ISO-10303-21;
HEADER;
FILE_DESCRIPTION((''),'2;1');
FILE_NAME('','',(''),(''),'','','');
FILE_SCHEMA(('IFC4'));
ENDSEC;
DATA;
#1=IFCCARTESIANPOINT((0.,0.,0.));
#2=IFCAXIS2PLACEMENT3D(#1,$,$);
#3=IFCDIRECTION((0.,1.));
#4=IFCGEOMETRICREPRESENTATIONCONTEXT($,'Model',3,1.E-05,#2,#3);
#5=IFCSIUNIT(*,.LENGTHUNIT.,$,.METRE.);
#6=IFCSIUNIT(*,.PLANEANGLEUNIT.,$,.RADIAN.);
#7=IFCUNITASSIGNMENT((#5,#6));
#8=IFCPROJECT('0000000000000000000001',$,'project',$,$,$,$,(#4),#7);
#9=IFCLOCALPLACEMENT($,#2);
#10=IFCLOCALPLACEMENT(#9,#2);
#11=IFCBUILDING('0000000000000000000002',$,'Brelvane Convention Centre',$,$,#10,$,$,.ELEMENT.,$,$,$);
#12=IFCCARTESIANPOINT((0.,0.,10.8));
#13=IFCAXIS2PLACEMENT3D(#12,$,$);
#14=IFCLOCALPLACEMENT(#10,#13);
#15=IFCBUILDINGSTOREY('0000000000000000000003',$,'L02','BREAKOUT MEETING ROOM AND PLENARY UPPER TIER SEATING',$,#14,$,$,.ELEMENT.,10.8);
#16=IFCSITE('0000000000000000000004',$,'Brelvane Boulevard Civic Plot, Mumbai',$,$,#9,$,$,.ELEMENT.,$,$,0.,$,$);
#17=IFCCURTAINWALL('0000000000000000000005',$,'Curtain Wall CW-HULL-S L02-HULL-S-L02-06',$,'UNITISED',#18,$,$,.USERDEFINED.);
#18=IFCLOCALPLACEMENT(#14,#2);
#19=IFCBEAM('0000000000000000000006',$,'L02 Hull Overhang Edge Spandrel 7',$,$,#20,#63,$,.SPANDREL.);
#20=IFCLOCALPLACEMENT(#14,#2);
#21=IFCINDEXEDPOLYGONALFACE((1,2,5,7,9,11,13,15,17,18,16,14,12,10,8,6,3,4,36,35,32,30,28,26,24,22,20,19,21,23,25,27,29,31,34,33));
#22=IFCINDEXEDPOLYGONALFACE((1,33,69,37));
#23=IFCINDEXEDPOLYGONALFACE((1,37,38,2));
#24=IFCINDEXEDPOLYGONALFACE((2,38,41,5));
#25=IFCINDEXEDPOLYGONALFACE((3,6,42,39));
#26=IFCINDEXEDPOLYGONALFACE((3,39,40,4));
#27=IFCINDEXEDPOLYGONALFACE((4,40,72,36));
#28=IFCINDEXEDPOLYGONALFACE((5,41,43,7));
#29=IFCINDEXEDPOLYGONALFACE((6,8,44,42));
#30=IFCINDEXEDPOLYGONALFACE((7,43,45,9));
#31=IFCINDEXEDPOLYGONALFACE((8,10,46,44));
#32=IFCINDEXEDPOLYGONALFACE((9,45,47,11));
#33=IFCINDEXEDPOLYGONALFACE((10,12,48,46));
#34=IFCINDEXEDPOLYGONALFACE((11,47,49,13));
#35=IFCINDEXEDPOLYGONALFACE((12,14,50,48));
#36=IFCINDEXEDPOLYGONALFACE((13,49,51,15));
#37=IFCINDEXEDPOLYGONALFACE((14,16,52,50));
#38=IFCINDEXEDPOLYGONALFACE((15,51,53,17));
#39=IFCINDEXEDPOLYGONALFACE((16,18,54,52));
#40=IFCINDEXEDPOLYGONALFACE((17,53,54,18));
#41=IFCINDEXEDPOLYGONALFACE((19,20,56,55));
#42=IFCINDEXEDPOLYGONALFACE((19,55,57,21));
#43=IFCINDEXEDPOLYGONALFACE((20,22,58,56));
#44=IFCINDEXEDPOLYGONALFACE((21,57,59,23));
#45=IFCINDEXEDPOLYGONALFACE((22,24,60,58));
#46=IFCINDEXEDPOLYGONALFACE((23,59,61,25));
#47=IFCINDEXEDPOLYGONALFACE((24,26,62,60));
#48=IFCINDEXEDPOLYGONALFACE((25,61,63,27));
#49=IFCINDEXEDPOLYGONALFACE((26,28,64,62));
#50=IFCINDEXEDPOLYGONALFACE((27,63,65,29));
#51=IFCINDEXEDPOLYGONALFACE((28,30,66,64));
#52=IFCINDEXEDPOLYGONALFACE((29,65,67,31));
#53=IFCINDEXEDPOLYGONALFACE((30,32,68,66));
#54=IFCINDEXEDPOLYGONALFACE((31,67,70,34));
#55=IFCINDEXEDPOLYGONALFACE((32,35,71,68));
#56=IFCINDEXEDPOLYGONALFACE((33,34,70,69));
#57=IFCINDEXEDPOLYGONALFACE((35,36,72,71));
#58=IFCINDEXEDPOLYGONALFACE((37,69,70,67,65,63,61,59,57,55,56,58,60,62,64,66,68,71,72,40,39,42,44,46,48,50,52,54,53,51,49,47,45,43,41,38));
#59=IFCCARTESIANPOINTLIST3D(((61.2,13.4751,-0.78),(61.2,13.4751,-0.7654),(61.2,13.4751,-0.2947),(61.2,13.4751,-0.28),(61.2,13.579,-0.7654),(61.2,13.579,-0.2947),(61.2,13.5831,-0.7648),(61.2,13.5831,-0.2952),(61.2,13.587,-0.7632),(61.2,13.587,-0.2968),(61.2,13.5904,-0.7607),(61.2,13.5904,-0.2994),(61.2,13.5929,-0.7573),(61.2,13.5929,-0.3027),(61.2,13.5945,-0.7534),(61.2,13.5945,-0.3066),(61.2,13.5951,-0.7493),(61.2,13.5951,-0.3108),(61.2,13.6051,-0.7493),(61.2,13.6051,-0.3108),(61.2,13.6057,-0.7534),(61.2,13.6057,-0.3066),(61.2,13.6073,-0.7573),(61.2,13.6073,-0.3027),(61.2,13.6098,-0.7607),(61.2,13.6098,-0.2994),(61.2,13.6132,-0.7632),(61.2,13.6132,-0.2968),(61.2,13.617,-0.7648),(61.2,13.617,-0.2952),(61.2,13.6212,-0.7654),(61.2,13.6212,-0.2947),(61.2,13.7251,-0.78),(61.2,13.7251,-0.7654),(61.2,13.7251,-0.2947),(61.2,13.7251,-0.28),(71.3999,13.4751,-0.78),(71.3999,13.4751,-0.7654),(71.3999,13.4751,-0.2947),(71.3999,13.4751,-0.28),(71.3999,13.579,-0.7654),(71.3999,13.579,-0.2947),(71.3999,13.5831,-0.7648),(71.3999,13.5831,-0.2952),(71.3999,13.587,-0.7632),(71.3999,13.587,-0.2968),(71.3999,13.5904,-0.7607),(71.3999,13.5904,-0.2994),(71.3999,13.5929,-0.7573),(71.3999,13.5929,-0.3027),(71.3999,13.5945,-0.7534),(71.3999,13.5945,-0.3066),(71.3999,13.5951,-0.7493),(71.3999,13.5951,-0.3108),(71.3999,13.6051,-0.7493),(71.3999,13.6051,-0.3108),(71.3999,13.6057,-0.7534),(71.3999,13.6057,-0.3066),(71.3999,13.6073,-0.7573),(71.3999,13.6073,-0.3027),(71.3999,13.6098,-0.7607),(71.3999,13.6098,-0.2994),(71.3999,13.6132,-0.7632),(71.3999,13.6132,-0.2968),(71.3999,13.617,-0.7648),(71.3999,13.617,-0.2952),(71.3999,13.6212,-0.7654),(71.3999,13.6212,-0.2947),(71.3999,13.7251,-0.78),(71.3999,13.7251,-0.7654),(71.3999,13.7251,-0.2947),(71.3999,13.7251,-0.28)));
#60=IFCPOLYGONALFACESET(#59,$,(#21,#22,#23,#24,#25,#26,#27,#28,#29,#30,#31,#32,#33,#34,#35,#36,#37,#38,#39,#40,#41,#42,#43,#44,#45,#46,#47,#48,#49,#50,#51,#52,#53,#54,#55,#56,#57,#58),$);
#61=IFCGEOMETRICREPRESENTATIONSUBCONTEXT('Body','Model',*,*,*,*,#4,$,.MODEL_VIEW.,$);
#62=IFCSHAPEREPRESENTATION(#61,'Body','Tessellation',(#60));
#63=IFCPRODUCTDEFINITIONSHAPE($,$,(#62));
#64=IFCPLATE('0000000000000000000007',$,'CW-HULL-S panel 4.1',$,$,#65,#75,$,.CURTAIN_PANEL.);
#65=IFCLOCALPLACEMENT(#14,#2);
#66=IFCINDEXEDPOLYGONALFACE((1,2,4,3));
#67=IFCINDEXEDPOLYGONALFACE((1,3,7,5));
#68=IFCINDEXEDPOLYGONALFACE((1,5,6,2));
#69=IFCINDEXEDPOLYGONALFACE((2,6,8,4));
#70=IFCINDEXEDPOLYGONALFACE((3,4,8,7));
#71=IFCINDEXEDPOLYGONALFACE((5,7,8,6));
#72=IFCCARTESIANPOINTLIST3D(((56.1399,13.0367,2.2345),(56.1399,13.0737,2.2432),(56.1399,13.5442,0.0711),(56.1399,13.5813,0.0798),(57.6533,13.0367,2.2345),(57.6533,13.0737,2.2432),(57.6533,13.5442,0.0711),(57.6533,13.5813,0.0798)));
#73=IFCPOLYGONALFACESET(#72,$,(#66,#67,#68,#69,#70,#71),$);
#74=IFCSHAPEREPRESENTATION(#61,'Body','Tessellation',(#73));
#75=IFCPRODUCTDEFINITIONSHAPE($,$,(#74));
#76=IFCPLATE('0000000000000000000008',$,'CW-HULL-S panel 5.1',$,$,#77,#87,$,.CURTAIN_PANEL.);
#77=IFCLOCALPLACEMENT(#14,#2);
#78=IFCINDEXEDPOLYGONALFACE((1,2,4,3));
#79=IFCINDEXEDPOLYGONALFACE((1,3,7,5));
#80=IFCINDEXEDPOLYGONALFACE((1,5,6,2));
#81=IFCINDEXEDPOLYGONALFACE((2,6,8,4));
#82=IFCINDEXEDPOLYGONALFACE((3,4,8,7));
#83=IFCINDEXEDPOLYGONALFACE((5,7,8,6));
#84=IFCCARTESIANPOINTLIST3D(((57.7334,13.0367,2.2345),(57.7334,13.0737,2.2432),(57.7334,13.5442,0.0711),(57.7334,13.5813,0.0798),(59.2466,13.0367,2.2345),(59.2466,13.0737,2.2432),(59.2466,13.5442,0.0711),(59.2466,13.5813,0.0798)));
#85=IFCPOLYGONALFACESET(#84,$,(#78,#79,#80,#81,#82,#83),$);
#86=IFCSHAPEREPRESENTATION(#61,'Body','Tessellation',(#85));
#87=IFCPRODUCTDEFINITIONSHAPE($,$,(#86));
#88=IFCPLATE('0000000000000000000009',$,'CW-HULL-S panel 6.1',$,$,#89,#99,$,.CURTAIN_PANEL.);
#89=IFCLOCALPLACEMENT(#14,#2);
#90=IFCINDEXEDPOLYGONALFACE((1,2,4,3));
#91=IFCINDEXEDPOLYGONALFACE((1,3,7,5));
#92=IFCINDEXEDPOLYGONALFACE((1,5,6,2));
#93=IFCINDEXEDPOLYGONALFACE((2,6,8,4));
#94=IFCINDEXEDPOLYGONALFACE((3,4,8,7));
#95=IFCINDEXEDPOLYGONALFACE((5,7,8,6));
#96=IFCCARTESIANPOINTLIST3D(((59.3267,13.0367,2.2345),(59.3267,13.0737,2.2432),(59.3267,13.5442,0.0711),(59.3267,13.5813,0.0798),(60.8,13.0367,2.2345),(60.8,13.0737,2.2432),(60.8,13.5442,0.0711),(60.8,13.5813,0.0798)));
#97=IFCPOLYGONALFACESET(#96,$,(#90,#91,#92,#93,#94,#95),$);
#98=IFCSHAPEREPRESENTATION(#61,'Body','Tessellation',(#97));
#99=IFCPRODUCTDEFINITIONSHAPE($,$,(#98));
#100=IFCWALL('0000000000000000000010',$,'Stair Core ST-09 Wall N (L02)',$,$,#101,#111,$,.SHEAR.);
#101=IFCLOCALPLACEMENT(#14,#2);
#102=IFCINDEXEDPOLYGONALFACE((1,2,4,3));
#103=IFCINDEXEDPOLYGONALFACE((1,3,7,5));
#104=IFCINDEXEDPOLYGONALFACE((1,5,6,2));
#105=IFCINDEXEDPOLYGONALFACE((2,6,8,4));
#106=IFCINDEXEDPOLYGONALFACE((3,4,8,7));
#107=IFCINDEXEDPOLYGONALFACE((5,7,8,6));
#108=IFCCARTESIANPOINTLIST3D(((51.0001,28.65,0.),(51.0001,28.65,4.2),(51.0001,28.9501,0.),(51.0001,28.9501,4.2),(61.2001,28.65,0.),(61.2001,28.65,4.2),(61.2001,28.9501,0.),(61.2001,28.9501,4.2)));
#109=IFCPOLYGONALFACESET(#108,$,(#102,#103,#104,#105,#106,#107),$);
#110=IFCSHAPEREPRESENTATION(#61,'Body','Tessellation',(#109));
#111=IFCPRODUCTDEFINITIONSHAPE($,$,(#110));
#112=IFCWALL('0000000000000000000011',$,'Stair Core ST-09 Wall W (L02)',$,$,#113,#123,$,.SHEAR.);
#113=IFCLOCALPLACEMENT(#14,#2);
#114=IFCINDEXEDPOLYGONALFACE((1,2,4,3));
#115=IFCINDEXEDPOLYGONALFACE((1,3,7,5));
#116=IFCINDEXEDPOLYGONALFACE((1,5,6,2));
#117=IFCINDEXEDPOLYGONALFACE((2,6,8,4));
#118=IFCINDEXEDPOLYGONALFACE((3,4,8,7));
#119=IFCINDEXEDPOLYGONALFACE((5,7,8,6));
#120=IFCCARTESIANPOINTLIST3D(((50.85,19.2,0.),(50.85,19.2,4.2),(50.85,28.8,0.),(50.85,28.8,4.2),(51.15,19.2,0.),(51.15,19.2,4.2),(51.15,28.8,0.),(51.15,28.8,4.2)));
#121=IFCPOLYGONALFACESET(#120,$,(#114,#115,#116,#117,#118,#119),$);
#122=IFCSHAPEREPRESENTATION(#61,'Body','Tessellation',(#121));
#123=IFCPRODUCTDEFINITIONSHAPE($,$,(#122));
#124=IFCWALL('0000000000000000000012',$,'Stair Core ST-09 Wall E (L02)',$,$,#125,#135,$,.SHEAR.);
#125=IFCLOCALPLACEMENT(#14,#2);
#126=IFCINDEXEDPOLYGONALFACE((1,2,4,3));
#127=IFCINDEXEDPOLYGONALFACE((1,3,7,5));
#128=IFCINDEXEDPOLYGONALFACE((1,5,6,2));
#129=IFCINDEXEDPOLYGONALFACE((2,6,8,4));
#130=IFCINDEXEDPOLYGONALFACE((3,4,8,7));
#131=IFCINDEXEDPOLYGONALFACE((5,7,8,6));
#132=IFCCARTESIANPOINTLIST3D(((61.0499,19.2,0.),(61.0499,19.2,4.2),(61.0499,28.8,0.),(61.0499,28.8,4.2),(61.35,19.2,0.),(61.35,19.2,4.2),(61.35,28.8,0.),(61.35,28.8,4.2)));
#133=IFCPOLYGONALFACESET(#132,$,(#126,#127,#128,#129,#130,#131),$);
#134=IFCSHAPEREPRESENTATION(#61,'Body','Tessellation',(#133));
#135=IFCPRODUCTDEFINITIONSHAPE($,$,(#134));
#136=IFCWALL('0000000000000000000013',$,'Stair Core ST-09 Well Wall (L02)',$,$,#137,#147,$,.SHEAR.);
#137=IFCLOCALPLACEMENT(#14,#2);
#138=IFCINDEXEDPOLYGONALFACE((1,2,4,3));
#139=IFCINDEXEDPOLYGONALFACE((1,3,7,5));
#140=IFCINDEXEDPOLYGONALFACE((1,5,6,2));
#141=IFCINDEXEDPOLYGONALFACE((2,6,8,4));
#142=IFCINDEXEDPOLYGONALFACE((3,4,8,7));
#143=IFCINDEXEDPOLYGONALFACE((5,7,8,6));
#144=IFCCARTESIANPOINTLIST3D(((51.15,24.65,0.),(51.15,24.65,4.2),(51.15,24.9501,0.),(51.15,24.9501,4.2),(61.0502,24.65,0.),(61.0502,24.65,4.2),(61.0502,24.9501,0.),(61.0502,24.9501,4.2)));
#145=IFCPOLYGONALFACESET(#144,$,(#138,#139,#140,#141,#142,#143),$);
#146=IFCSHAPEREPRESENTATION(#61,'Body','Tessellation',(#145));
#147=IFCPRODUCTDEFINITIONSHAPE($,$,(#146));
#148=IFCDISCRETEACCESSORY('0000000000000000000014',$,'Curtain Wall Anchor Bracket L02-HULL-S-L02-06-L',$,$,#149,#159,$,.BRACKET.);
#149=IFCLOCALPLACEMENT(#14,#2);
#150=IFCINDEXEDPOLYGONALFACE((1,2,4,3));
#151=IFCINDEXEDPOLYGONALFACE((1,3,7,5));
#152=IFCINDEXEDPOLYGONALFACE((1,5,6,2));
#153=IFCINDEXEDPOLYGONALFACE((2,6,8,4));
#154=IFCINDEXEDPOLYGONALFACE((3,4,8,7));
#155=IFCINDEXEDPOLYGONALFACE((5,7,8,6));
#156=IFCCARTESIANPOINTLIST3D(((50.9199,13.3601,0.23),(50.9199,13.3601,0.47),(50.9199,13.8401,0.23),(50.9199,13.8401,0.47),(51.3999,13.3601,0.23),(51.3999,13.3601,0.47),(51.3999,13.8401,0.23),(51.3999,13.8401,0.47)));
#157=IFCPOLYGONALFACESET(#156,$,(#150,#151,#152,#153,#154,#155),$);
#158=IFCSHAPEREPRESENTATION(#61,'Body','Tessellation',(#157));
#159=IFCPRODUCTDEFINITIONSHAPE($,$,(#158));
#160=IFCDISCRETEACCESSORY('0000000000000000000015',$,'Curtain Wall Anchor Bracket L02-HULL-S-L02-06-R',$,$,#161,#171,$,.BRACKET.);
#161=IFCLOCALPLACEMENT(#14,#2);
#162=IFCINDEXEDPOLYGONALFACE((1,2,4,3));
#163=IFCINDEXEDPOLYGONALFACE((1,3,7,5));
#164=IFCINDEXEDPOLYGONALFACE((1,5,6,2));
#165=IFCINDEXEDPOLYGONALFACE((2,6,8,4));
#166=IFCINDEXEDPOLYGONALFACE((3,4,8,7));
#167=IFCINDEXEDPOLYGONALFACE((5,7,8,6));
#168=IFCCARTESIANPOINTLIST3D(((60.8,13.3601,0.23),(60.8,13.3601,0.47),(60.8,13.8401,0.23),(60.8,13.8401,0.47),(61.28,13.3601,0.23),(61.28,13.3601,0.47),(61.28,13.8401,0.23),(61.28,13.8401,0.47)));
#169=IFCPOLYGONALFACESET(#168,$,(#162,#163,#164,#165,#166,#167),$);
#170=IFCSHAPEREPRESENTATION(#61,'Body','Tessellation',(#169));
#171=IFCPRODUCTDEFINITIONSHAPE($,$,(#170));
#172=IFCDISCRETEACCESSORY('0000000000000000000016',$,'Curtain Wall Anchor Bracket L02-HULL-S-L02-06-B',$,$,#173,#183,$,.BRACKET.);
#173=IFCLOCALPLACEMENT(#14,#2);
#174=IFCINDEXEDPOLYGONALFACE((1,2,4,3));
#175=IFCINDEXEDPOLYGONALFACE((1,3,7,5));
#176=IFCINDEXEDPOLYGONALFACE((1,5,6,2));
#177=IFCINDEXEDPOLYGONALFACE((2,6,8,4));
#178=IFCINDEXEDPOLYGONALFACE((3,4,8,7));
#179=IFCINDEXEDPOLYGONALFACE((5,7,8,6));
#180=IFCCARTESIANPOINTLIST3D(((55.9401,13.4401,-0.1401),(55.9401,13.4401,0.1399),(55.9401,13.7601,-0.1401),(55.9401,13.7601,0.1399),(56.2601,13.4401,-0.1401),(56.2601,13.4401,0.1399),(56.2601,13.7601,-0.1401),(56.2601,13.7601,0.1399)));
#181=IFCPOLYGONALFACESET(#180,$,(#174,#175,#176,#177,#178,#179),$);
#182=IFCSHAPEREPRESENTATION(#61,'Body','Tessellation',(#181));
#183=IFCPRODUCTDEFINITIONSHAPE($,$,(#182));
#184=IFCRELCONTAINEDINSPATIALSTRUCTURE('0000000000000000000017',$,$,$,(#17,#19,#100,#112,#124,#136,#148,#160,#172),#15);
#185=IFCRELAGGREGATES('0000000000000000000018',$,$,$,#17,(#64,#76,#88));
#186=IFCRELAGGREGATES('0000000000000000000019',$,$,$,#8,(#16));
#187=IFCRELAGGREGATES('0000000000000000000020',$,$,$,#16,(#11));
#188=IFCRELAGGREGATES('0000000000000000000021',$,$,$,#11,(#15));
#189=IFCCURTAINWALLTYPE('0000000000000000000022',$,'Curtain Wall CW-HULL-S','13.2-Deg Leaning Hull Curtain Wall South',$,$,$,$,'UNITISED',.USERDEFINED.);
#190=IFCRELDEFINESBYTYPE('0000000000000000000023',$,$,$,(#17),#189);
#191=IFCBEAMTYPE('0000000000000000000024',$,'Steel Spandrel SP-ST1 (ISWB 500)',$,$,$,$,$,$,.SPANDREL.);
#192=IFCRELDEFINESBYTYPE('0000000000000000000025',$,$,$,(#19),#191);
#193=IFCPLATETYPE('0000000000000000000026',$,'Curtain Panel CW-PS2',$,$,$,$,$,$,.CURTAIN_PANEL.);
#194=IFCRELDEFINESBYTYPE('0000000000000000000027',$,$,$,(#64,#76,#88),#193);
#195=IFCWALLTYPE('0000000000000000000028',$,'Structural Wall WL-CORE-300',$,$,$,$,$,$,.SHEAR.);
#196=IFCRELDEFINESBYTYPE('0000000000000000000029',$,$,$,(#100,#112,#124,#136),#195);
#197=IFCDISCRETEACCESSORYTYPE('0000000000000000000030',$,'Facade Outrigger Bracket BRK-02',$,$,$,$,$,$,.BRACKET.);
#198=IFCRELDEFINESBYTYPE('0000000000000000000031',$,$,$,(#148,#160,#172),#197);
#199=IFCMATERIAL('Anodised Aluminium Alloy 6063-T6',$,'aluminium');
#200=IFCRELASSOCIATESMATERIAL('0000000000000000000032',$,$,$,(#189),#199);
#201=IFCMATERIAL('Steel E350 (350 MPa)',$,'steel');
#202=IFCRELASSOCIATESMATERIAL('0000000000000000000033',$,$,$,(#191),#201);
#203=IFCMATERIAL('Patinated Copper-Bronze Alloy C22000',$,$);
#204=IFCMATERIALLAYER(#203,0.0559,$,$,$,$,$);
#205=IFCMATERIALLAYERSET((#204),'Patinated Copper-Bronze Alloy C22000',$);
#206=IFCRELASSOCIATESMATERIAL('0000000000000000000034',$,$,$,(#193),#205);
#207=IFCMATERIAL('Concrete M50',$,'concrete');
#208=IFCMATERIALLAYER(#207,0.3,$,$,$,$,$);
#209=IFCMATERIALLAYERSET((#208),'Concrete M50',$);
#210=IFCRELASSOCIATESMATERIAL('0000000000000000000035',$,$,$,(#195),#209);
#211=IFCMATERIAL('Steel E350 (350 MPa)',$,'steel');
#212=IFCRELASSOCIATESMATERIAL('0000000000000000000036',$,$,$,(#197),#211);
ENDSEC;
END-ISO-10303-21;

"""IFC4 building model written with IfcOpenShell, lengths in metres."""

from ifc_helpers import new_model, si_unit, direction, frame, frame_2d, origin, origin_2d, place, context, subcontext, project, spatial, polyline, rectangle, i_section, outline, extrude, material, layer, layer_set, material_profile, profile_set, type_object, element, aggregate, save


model = new_model("IFC4")

# Units and contexts
model_context = context("Model", 3, precision=1e-05, world=origin(), true_north=direction((0.0, 1.0)))
body_context = subcontext(model_context, "Body", "Model", "MODEL_VIEW")
ifc_project = project(units=[si_unit("LENGTHUNIT", "METRE"), si_unit("PLANEANGLEUNIT", "RADIAN")], contexts=[model_context])

# Site, building, storey
site_placement = place(None, origin())
site = spatial("IfcSite", under=ifc_project, at=site_placement, Name="Brelvane Boulevard Civic Plot, Mumbai", CompositionType="ELEMENT", RefElevation=0.0)
building_placement = place(site_placement, origin())
building = spatial("IfcBuilding", under=site, at=building_placement, Name="Brelvane Convention Centre", CompositionType="ELEMENT")
storey_placement = place(building_placement, frame((0.0, 0.0, 10.8)))
storey = spatial("IfcBuildingStorey", under=building, at=storey_placement, Name="L02", Description="BREAKOUT MEETING ROOM AND PLENARY UPPER TIER SEATING", CompositionType="ELEMENT", Elevation=10.8)

# Curtain wall
ifc_material_1 = material(Name="Anodised Aluminium Alloy 6063-T6", Category="aluminium")
curtain_wall_type = type_object("IfcCurtainWallType", Name="Curtain Wall CW-HULL-S", Description="13.2-Deg Leaning Hull Curtain Wall South", ElementType="UNITISED", PredefinedType="USERDEFINED", material=ifc_material_1)
curtain_wall_placement = place(storey_placement, origin())
curtain_wall = element("IfcCurtainWall", 1, at=curtain_wall_placement, inside=storey, type_object=curtain_wall_type, Name="Curtain Wall CW-HULL-S L02-HULL-S-L02-06", ObjectType="UNITISED", PredefinedType="USERDEFINED")

# Beam
ifc_material_2 = material(Name="Steel E350 (350 MPa)", Category="steel")
ifc_material_profile_1 = material_profile(ifc_material_2, i_section(OverallWidth=0.25, OverallDepth=0.5, WebThickness=0.01, FlangeThickness=0.0146, FilletRadius=0.0161, at=origin_2d()), Name="ISWB 500")
ifc_profile_set_1 = profile_set([ifc_material_profile_1], Name="Steel E350 (350 MPa)")
beam_type_1 = type_object("IfcBeamType", Name="Steel Spandrel SP-ST1 (ISWB 500)", PredefinedType="SPANDREL", material=ifc_profile_set_1)
beam_1_placement = place(storey_placement, frame((61.2, 13.6001, -0.53), z_axis=(1.0, 0.0, 0.0), x_axis=(0.0, 1.0, 0.0)))
element("IfcBeam", 2, at=beam_1_placement, inside=storey, type_object=beam_type_1, Name="L02 Hull Overhang Edge Spandrel 7", PredefinedType="SPANDREL", context=body_context, shape_type="SweptSolid", body=[
    extrude(i_section(OverallWidth=0.25, OverallDepth=0.5, WebThickness=0.01, FlangeThickness=0.0146, FilletRadius=0.0161, at=origin_2d()), origin(), (0.0, 0.0, 1.0), 10.2),
])

# Plates
ifc_material_3 = material(Name="Patinated Copper-Bronze Alloy C22000")
ifc_layer_1 = layer(ifc_material_3, 0.0559)
ifc_layer_set_1 = layer_set([ifc_layer_1], Name="Patinated Copper-Bronze Alloy C22000")
plate_type = type_object("IfcPlateType", Name="Curtain Panel CW-PS2", PredefinedType="CURTAIN_PANEL", material=ifc_layer_set_1)
plate_1_placement = place(storey_placement, frame((56.1399, 13.5813, 0.0798), z_axis=(0.0, 0.973563, 0.228421), x_axis=(1.0, 0.0, 0.0)))
plate_1 = element("IfcPlate", 3, at=plate_1_placement, type_object=plate_type, Name="CW-HULL-S panel 4.1", PredefinedType="CURTAIN_PANEL", context=body_context, shape_type="SweptSolid", body=[
    extrude(outline(polyline([(0.0, 0.0), (1.5134, 0.0), (1.5134, -2.2221), (0.0, -2.2221), (0.0, 0.0)])), origin(), (0.0, 0.0, -1.0), 0.0381),
])
plate_2_placement = place(storey_placement, frame((57.7334, 13.5813, 0.0798), z_axis=(0.0, 0.973563, 0.228421), x_axis=(1.0, 0.0, 0.0)))
plate_2 = element("IfcPlate", 4, at=plate_2_placement, type_object=plate_type, Name="CW-HULL-S panel 5.1", PredefinedType="CURTAIN_PANEL", context=body_context, shape_type="SweptSolid", body=[
    extrude(outline(polyline([(0.0, 0.0), (1.5132, 0.0), (1.5132, -2.2221), (0.0, -2.2221), (0.0, 0.0)])), origin(), (0.0, 0.0, -1.0), 0.0381),
])
plate_3_placement = place(storey_placement, frame((59.3267, 13.5813, 0.0798), z_axis=(0.0, 0.973563, 0.228421), x_axis=(1.0, 0.0, 0.0)))
plate_3 = element("IfcPlate", 5, at=plate_3_placement, type_object=plate_type, Name="CW-HULL-S panel 6.1", PredefinedType="CURTAIN_PANEL", context=body_context, shape_type="SweptSolid", body=[
    extrude(outline(polyline([(0.0, 0.0), (1.4734, 0.0), (1.4734, -2.2221), (0.0, -2.2221), (0.0, 0.0)])), origin(), (0.0, 0.0, -1.0), 0.0381),
])
aggregate(curtain_wall, [plate_1, plate_2, plate_3])

# Walls
ifc_material_4 = material(Name="Concrete M50", Category="concrete")
ifc_layer_2 = layer(ifc_material_4, 0.3)
ifc_layer_set_2 = layer_set([ifc_layer_2], Name="Concrete M50")
wall_type = type_object("IfcWallType", Name="Structural Wall WL-CORE-300", PredefinedType="SHEAR", material=ifc_layer_set_2)
wall_1_placement = place(storey_placement, frame((51.0, 28.8, 0.0), z_axis=(0.0, 0.0, 1.0), x_axis=(1.0, 0.0, 0.0)))
element("IfcWall", 6, at=wall_1_placement, inside=storey, type_object=wall_type, Name="Stair Core ST-09 Wall N (L02)", PredefinedType="SHEAR", context=body_context, shape_type="SweptSolid", body=[
    extrude(rectangle(XDim=10.2, YDim=0.3, at=frame_2d((5.1001, 0.0))), origin(), (0.0, 0.0, 1.0), 4.2),
])
for number, where, z_axis, x_axis, name in (
    (7, (51.0, 19.2, 0.0), (0.0, 0.0, 1.0), (0.0, 1.0, 0.0), "Stair Core ST-09 Wall W (L02)"),
    (8, (61.2, 19.2, 0.0), (0.0, 0.0, 1.0), (0.0, 1.0, 0.0), "Stair Core ST-09 Wall E (L02)"),
):
    element("IfcWall", number, at=place(storey_placement, frame(where, z_axis=z_axis, x_axis=x_axis)), inside=storey, type_object=wall_type, Name=name, PredefinedType="SHEAR", context=body_context, shape_type="SweptSolid", body=[
        extrude(rectangle(XDim=9.6001, YDim=0.3, at=frame_2d((4.8, 0.0))), origin(), (0.0, 0.0, 1.0), 4.2),
    ])
wall_2_placement = place(storey_placement, frame((51.1499, 24.8, 0.0), z_axis=(0.0, 0.0, 1.0), x_axis=(1.0, 0.0, 0.0)))
element("IfcWall", 9, at=wall_2_placement, inside=storey, type_object=wall_type, Name="Stair Core ST-09 Well Wall (L02)", PredefinedType="SHEAR", context=body_context, shape_type="SweptSolid", body=[
    extrude(rectangle(XDim=9.9001, YDim=0.3, at=frame_2d((4.9502, 0.0))), origin(), (0.0, 0.0, 1.0), 4.2),
])

# Discrete accessories
ifc_material_5 = material(Name="Steel E350 (350 MPa)", Category="steel")
discrete_accessory_type = type_object("IfcDiscreteAccessoryType", Name="Facade Outrigger Bracket BRK-02", PredefinedType="BRACKET", material=ifc_material_5)
for number, where, z_axis, x_axis, name in (
    (10, (51.1599, 13.6001, 0.23), (0.0, 0.0, 1.0), (1.0, 0.0, 0.0), "Curtain Wall Anchor Bracket L02-HULL-S-L02-06-L"),
    (11, (61.04, 13.6001, 0.23), (0.0, 0.0, 1.0), (1.0, 0.0, 0.0), "Curtain Wall Anchor Bracket L02-HULL-S-L02-06-R"),
):
    element("IfcDiscreteAccessory", number, at=place(storey_placement, frame(where, z_axis=z_axis, x_axis=x_axis)), inside=storey, type_object=discrete_accessory_type, Name=name, PredefinedType="BRACKET", context=body_context, shape_type="SweptSolid", body=[
        extrude(rectangle(XDim=0.48, YDim=0.48, at=origin_2d()), origin(), (0.0, 0.0, 1.0), 0.24),
    ])
discrete_accessory_placement = place(storey_placement, frame((56.1001, 13.6001, -0.1401), z_axis=(0.0, 0.0, 1.0), x_axis=(1.0, 0.0, 0.0)))
element("IfcDiscreteAccessory", 12, at=discrete_accessory_placement, inside=storey, type_object=discrete_accessory_type, Name="Curtain Wall Anchor Bracket L02-HULL-S-L02-06-B", PredefinedType="BRACKET", context=body_context, shape_type="SweptSolid", body=[
    extrude(rectangle(XDim=0.3201, YDim=0.3201, at=origin_2d()), origin(), (0.0, 0.0, 1.0), 0.28),
])

save(model, "model.ifc")
